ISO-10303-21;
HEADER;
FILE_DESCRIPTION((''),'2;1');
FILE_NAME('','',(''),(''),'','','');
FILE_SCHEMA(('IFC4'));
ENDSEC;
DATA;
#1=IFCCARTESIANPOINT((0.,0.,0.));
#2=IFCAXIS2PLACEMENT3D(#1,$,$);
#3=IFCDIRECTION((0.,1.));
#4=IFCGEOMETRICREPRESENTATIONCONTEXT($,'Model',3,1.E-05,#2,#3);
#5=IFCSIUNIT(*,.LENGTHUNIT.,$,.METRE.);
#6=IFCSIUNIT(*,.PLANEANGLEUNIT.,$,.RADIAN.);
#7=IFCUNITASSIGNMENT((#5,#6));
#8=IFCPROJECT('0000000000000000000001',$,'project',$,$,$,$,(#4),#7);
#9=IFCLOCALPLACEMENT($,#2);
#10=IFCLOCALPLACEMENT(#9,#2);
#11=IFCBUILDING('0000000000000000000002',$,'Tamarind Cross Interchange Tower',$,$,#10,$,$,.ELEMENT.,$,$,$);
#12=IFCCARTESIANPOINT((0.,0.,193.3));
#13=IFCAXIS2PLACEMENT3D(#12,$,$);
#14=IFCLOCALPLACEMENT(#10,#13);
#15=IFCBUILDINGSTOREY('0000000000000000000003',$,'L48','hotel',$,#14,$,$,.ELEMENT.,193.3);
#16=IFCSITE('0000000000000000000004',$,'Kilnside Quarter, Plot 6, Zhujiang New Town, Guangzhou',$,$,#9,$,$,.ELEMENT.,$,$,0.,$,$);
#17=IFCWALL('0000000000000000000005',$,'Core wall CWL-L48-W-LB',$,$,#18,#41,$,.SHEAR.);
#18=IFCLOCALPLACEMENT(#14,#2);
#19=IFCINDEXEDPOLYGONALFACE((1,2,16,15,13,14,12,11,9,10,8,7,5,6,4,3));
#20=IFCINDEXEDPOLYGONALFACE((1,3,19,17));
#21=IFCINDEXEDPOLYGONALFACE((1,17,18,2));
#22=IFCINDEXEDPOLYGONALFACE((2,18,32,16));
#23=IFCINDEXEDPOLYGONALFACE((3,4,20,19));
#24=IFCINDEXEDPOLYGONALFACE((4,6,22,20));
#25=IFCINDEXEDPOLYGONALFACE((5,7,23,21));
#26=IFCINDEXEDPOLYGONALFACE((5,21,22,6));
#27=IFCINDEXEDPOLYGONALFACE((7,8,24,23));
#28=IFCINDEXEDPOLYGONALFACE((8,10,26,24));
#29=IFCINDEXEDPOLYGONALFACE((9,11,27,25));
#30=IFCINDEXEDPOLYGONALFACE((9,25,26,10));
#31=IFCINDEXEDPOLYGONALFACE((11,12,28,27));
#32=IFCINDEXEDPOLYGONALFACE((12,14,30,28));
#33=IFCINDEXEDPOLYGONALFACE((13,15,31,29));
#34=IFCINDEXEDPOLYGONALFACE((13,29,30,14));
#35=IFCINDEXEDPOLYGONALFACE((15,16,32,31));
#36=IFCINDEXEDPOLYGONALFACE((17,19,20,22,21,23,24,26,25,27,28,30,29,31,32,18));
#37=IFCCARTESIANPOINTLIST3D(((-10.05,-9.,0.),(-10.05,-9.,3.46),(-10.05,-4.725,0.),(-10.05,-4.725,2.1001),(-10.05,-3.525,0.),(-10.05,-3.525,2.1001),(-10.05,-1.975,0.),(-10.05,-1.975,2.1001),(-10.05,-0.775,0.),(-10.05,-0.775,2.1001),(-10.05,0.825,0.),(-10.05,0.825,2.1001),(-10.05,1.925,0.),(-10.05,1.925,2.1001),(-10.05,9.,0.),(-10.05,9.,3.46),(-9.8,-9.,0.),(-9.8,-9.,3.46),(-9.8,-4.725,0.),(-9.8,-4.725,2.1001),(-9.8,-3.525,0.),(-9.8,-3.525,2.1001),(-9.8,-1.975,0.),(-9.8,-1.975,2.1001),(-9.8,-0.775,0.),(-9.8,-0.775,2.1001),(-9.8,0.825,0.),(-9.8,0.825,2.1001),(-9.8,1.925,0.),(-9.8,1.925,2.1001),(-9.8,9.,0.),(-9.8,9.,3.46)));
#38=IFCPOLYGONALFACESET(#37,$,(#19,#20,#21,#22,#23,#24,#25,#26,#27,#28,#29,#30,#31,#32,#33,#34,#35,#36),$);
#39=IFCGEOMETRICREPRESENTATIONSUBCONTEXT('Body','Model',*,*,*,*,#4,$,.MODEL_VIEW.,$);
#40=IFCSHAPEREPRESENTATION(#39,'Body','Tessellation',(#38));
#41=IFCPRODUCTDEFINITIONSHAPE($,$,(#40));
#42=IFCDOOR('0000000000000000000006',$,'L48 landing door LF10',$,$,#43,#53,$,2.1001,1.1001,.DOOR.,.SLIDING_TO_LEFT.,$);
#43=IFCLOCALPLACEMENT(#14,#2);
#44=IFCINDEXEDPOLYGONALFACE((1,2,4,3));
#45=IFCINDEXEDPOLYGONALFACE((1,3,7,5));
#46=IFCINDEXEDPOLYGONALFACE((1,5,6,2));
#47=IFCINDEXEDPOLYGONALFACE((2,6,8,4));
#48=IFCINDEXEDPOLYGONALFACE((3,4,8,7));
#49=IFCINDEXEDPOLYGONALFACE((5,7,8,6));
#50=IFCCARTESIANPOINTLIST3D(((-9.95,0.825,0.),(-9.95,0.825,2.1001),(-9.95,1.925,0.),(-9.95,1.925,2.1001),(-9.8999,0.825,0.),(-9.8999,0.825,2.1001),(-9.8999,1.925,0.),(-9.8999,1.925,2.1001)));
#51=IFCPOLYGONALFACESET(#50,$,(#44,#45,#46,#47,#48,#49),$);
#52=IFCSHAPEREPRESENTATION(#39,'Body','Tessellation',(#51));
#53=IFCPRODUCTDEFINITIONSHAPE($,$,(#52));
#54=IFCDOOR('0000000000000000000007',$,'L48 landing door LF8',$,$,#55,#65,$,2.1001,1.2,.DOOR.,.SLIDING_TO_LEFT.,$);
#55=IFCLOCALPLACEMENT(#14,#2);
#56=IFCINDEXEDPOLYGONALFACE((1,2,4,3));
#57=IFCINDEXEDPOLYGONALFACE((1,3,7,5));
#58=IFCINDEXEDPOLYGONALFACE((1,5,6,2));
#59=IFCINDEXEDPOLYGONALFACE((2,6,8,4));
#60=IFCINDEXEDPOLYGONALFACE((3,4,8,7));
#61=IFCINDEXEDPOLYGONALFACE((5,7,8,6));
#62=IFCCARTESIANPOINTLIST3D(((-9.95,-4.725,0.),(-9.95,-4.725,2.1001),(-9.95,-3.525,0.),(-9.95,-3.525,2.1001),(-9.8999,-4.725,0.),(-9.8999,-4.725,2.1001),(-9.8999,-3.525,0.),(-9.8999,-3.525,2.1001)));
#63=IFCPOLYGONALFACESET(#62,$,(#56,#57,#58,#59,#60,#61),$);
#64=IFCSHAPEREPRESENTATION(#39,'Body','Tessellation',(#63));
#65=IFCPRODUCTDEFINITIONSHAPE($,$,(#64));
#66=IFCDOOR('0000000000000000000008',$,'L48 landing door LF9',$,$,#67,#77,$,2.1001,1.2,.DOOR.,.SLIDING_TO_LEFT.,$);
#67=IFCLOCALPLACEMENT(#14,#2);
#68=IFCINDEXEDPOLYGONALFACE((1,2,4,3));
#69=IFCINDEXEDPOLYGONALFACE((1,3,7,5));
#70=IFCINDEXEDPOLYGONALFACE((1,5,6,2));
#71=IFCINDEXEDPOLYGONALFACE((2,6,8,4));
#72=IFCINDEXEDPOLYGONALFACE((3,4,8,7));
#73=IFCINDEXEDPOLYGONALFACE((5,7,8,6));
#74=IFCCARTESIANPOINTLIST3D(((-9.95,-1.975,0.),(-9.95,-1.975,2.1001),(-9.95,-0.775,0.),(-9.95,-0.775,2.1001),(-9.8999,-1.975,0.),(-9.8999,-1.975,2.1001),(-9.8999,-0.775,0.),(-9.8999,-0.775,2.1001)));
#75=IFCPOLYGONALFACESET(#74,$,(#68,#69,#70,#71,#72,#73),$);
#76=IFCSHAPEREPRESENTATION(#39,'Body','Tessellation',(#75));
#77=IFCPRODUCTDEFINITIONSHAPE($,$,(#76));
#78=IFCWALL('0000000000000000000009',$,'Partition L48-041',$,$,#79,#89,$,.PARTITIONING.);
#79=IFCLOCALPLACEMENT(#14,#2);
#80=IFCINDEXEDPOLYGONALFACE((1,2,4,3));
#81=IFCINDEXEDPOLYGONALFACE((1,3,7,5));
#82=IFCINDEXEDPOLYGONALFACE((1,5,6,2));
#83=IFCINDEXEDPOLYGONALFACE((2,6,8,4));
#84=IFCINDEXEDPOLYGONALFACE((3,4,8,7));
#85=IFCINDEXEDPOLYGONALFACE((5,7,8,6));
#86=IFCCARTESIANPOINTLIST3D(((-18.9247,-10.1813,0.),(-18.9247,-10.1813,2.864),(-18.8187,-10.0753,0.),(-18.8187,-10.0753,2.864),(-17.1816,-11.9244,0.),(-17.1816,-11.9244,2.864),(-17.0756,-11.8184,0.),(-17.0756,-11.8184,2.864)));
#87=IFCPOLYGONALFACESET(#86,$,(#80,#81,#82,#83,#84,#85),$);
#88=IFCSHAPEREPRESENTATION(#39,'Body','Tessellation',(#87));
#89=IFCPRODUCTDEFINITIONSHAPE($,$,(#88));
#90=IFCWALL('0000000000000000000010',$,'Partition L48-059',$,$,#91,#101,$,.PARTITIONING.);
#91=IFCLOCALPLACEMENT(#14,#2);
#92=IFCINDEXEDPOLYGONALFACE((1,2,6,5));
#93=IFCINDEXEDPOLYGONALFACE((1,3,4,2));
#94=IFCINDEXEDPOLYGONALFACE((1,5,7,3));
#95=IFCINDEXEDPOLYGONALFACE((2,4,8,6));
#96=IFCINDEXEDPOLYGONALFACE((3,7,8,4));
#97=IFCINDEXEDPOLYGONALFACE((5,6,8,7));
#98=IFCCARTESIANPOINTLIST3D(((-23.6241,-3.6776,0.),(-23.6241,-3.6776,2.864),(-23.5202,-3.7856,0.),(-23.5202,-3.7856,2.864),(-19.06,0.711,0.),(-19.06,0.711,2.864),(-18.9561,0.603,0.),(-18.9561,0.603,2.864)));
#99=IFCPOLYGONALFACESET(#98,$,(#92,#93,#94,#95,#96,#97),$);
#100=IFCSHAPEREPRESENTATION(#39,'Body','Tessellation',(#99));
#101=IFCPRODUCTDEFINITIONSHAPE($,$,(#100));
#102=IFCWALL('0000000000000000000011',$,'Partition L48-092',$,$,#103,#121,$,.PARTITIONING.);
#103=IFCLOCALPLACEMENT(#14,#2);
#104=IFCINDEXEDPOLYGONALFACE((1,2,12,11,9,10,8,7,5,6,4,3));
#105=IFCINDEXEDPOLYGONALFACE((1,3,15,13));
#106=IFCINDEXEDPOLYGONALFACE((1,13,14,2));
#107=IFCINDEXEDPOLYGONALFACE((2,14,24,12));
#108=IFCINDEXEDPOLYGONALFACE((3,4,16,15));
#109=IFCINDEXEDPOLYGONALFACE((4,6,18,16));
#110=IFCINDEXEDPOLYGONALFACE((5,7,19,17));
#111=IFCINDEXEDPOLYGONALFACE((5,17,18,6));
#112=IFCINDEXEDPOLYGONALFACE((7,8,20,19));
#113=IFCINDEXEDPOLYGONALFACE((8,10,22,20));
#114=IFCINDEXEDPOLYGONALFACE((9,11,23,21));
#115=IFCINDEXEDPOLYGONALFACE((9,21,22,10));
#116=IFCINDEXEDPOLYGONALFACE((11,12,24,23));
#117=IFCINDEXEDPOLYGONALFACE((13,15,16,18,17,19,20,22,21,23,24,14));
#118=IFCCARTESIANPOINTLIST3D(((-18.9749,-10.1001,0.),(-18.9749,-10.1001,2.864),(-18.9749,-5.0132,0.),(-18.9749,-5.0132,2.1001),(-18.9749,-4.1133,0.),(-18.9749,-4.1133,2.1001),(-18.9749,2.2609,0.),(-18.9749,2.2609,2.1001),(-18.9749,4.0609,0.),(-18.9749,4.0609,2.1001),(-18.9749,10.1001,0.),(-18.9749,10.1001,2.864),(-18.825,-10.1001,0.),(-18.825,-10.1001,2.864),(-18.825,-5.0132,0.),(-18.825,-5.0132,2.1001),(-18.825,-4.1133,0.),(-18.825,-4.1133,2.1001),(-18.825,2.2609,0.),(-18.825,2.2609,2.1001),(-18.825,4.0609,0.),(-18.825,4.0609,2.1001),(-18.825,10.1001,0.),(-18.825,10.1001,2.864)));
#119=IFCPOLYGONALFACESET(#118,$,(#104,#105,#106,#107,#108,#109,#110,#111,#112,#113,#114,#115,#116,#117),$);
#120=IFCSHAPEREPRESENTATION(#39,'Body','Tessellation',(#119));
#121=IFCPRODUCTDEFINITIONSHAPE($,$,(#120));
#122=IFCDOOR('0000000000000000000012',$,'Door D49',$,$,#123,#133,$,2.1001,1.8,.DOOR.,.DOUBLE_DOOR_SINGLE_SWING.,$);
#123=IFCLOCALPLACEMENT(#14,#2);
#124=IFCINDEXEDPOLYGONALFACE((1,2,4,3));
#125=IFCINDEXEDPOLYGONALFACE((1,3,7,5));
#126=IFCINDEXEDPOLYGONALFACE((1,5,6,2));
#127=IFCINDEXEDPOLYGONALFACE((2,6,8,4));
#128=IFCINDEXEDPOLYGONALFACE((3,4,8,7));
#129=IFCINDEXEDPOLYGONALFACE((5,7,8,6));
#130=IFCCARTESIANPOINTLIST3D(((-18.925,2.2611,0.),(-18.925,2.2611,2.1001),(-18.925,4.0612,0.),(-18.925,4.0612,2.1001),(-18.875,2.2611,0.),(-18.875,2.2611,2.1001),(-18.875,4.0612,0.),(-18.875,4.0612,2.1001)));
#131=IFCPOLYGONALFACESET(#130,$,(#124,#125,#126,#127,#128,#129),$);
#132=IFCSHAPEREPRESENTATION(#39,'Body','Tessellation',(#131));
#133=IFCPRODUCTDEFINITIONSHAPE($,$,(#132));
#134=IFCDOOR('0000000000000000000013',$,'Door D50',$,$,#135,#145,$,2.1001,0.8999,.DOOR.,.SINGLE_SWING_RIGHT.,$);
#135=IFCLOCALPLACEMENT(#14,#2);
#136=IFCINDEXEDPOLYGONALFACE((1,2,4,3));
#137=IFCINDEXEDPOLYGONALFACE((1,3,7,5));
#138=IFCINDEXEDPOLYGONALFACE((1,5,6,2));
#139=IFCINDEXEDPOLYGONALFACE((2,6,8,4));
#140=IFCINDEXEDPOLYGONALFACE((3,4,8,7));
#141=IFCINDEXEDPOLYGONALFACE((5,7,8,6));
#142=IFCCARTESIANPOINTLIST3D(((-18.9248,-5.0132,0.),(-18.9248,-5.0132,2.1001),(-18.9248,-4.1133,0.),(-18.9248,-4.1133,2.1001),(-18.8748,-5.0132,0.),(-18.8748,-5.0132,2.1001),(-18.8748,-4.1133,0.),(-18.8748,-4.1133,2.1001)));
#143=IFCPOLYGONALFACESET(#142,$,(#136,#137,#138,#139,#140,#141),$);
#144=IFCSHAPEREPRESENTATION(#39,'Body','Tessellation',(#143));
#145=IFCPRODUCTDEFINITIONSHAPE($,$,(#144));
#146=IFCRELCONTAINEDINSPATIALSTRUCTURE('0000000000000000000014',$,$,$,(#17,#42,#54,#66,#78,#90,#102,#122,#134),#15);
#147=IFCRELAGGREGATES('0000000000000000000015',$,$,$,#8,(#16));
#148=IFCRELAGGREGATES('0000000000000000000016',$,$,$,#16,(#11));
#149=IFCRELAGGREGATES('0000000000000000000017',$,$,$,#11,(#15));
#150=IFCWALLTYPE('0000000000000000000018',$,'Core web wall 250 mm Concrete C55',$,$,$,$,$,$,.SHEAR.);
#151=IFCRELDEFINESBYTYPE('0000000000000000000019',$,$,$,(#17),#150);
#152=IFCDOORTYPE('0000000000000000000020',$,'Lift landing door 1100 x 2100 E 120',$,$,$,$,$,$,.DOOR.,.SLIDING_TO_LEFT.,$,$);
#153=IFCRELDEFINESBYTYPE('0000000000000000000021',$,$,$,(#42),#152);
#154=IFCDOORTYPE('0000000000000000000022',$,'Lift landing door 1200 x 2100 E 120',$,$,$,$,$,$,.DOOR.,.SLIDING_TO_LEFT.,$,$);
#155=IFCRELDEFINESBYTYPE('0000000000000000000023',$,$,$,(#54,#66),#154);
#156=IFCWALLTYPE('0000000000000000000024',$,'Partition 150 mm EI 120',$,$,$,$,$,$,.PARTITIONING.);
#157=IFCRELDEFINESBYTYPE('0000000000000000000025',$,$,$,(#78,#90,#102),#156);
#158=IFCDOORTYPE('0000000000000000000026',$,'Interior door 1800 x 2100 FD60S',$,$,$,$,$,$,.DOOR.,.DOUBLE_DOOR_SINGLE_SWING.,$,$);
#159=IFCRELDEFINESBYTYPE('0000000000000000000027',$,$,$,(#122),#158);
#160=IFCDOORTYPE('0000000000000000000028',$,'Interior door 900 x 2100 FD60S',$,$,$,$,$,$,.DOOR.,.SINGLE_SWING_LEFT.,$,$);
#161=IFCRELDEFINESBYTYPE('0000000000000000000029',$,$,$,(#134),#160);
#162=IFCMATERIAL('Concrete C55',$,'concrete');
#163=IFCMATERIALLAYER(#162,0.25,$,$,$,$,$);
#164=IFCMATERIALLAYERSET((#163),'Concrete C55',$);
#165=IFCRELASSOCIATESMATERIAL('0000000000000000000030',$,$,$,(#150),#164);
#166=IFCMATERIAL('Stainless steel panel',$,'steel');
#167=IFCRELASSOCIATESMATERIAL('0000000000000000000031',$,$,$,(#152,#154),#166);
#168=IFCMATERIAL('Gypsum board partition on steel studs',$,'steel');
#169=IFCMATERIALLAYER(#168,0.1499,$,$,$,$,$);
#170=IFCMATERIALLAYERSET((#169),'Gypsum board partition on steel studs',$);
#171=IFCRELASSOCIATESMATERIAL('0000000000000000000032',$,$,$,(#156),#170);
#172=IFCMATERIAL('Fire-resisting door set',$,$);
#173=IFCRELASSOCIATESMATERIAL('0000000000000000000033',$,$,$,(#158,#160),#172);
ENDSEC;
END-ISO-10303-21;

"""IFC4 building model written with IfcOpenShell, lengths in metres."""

from ifc_helpers import new_model, si_unit, direction, frame, frame_2d, origin, place, context, subcontext, project, spatial, rectangle, extrude, material, layer, layer_set, type_object, element, fill, save


model = new_model("IFC4")

# Units and contexts
model_context = context("Model", 3, precision=1e-05, world=origin(), true_north=direction((0.0, 1.0)))
body_context = subcontext(model_context, "Body", "Model", "MODEL_VIEW")
ifc_project = project(units=[si_unit("LENGTHUNIT", "METRE"), si_unit("PLANEANGLEUNIT", "RADIAN")], contexts=[model_context])

# Site, building, storey
site_placement = place(None, origin())
site = spatial("IfcSite", under=ifc_project, at=site_placement, Name="Kilnside Quarter, Plot 6, Zhujiang New Town, Guangzhou", CompositionType="ELEMENT", RefElevation=0.0)
building_placement = place(site_placement, origin())
building = spatial("IfcBuilding", under=site, at=building_placement, Name="Tamarind Cross Interchange Tower", CompositionType="ELEMENT")
storey_placement = place(building_placement, frame((0.0, 0.0, 193.3)))
storey = spatial("IfcBuildingStorey", under=building, at=storey_placement, Name="L48", Description="hotel", CompositionType="ELEMENT", Elevation=193.3)

# Shared definitions
ifc_material_1 = material(Name="Concrete C55", Category="concrete")

# Shared definitions
ifc_layer_1 = layer(ifc_material_1, 0.25)
ifc_layer_set_1 = layer_set([ifc_layer_1], Name="Concrete C55")
wall_type_1 = type_object("IfcWallType", Name="Core web wall 250 mm Concrete C55", PredefinedType="SHEAR", material=ifc_layer_set_1)

# Wall, openings, doors
ifc_material_2 = material(Name="Stainless steel panel", Category="steel")
wall_1_placement = place(storey_placement, frame((-9.925, -9.0, 0.0), z_axis=(0.0, 0.0, 1.0), x_axis=(0.0, 1.0, 0.0)))
wall_1 = element("IfcWall", 1, at=wall_1_placement, inside=storey, type_object=wall_type_1, Name="Core wall CWL-L48-W-LB", PredefinedType="SHEAR", context=body_context, shape_type="SweptSolid", body=[
    extrude(rectangle(XDim=18.0, YDim=0.25, at=frame_2d((9.0, 0.0))), origin(), (0.0, 0.0, 1.0), 3.46),
])
opening_1_placement = place(wall_1_placement, frame((4.2749, 0.0, 0.0)))
opening_1 = element("IfcOpeningElement", 2, at=opening_1_placement, cuts=wall_1, PredefinedType="OPENING", context=body_context, shape_type="SweptSolid", body=[
    extrude(rectangle(XDim=1.2, YDim=2.1001, at=frame_2d((0.6001, 1.05))), frame((0.0, 0.135, 0.0), z_axis=(0.0, -1.0, 0.0), x_axis=(1.0, 0.0, 0.0)), (0.0, 0.0, 1.0), 0.27),
])
opening_2_placement = place(wall_1_placement, frame((7.0249, 0.0, 0.0)))
opening_2 = element("IfcOpeningElement", 3, at=opening_2_placement, cuts=wall_1, PredefinedType="OPENING", context=body_context, shape_type="SweptSolid", body=[
    extrude(rectangle(XDim=1.2, YDim=2.1001, at=frame_2d((0.6001, 1.05))), frame((0.0, 0.135, 0.0), z_axis=(0.0, -1.0, 0.0), x_axis=(1.0, 0.0, 0.0)), (0.0, 0.0, 1.0), 0.27),
])
opening_3_placement = place(wall_1_placement, frame((9.825, 0.0, 0.0)))
opening_3 = element("IfcOpeningElement", 4, at=opening_3_placement, cuts=wall_1, PredefinedType="OPENING", context=body_context, shape_type="SweptSolid", body=[
    extrude(rectangle(XDim=1.1001, YDim=2.1001, at=frame_2d((0.55, 1.05))), frame((0.0, 0.135, 0.0), z_axis=(0.0, -1.0, 0.0), x_axis=(1.0, 0.0, 0.0)), (0.0, 0.0, 1.0), 0.27),
])
door_type_1 = type_object("IfcDoorType", Name="Lift landing door 1100 x 2100 E 120", OperationType="SLIDING_TO_LEFT", PredefinedType="DOOR", material=ifc_material_2)
door_1_placement = place(opening_3_placement, origin())
door_1 = element("IfcDoor", 5, at=door_1_placement, inside=storey, type_object=door_type_1, Name="L48 landing door LF10", OperationType="SLIDING_TO_LEFT", OverallHeight=2.1001, OverallWidth=1.1001, PredefinedType="DOOR", context=body_context, shape_type="SweptSolid", body=[
    extrude(rectangle(XDim=1.1001, YDim=2.1001, at=frame_2d((0.55, 1.05))), frame((0.0, 0.0249, 0.0), z_axis=(0.0, -1.0, 0.0), x_axis=(1.0, 0.0, 0.0)), (0.0, 0.0, 1.0), 0.05),
])
fill(opening_3, door_1)
door_type_2 = type_object("IfcDoorType", Name="Lift landing door 1200 x 2100 E 120", OperationType="SLIDING_TO_LEFT", PredefinedType="DOOR", material=ifc_material_2)
door_2_placement = place(opening_1_placement, origin())
door_2 = element("IfcDoor", 6, at=door_2_placement, inside=storey, type_object=door_type_2, Name="L48 landing door LF8", OperationType="SLIDING_TO_LEFT", OverallHeight=2.1001, OverallWidth=1.2, PredefinedType="DOOR", context=body_context, shape_type="SweptSolid", body=[
    extrude(rectangle(XDim=1.2, YDim=2.1001, at=frame_2d((0.6001, 1.05))), frame((0.0, 0.0249, 0.0), z_axis=(0.0, -1.0, 0.0), x_axis=(1.0, 0.0, 0.0)), (0.0, 0.0, 1.0), 0.05),
])
fill(opening_1, door_2)
door_3_placement = place(opening_2_placement, origin())
door_3 = element("IfcDoor", 7, at=door_3_placement, inside=storey, type_object=door_type_2, Name="L48 landing door LF9", OperationType="SLIDING_TO_LEFT", OverallHeight=2.1001, OverallWidth=1.2, PredefinedType="DOOR", context=body_context, shape_type="SweptSolid", body=[
    extrude(rectangle(XDim=1.2, YDim=2.1001, at=frame_2d((0.6001, 1.05))), frame((0.0, 0.0249, 0.0), z_axis=(0.0, -1.0, 0.0), x_axis=(1.0, 0.0, 0.0)), (0.0, 0.0, 1.0), 0.05),
])
fill(opening_2, door_3)

# Walls
ifc_material_3 = material(Name="Gypsum board partition on steel studs", Category="steel")
ifc_layer_2 = layer(ifc_material_3, 0.1499)
ifc_layer_set_2 = layer_set([ifc_layer_2], Name="Gypsum board partition on steel studs")
wall_type_2 = type_object("IfcWallType", Name="Partition 150 mm EI 120", PredefinedType="PARTITIONING", material=ifc_layer_set_2)
wall_2_placement = place(storey_placement, frame((-18.8716, -10.1284, 0.0), z_axis=(0.0, 0.0, 1.0), x_axis=(0.707107, -0.707107, 0.0)))
element("IfcWall", 8, at=wall_2_placement, inside=storey, type_object=wall_type_2, Name="Partition L48-041", PredefinedType="PARTITIONING", context=body_context, shape_type="SweptSolid", body=[
    extrude(rectangle(XDim=2.4651, YDim=0.1499, at=frame_2d((1.2324, 0.0))), origin(), (0.0, 0.0, 1.0), 2.864),
])
wall_3_placement = place(storey_placement, frame((-23.5723, -3.7317, 0.0), z_axis=(0.0, 0.0, 1.0), x_axis=(0.720832, 0.693109, 0.0)))
element("IfcWall", 9, at=wall_3_placement, inside=storey, type_object=wall_type_2, Name="Partition L48-059", PredefinedType="PARTITIONING", context=body_context, shape_type="SweptSolid", body=[
    extrude(rectangle(XDim=6.3318, YDim=0.1499, at=frame_2d((3.166, 0.0))), origin(), (0.0, 0.0, 1.0), 2.864),
])

# Wall, openings, doors
wall_4_placement = place(storey_placement, frame((-18.8999, -10.1001, 0.0), z_axis=(0.0, 0.0, 1.0), x_axis=(0.0, 1.0, 0.0)))
wall_4 = element("IfcWall", 10, at=wall_4_placement, inside=storey, type_object=wall_type_2, Name="Partition L48-092", PredefinedType="PARTITIONING", context=body_context, shape_type="SweptSolid", body=[
    extrude(rectangle(XDim=20.2002, YDim=0.1499, at=frame_2d((10.1001, 0.0))), origin(), (0.0, 0.0, 1.0), 2.864),
])
opening_4_placement = place(wall_4_placement, frame((12.3611, 0.0, 0.0)))
opening_4 = element("IfcOpeningElement", 11, at=opening_4_placement, cuts=wall_4, PredefinedType="OPENING", context=body_context, shape_type="SweptSolid", body=[
    extrude(rectangle(XDim=1.8, YDim=2.1001, at=frame_2d((0.8999, 1.05))), frame((0.0, 0.085, 0.0), z_axis=(0.0, -1.0, 0.0), x_axis=(1.0, 0.0, 0.0)), (0.0, 0.0, 1.0), 0.1699),
])
opening_5_placement = place(wall_4_placement, frame((5.0869, 0.0, 0.0)))
opening_5 = element("IfcOpeningElement", 12, at=opening_5_placement, cuts=wall_4, PredefinedType="OPENING", context=body_context, shape_type="SweptSolid", body=[
    extrude(rectangle(XDim=0.8999, YDim=2.1001, at=frame_2d((0.45, 1.05))), frame((0.0, 0.085, 0.0), z_axis=(0.0, -1.0, 0.0), x_axis=(1.0, 0.0, 0.0)), (0.0, 0.0, 1.0), 0.1699),
])
ifc_material_4 = material(Name="Fire-resisting door set")
door_type_3 = type_object("IfcDoorType", Name="Interior door 1800 x 2100 FD60S", OperationType="DOUBLE_DOOR_SINGLE_SWING", PredefinedType="DOOR", material=ifc_material_4)
door_4_placement = place(opening_4_placement, frame((1.8, 0.0, 0.0), z_axis=(0.0, 0.0, 1.0), x_axis=(-1.0, 0.0, 0.0)))
door_4 = element("IfcDoor", 13, at=door_4_placement, inside=storey, type_object=door_type_3, Name="Door D49", OperationType="DOUBLE_DOOR_SINGLE_SWING", OverallHeight=2.1001, OverallWidth=1.8, PredefinedType="DOOR", context=body_context, shape_type="SweptSolid", body=[
    extrude(rectangle(XDim=1.8, YDim=2.1001, at=frame_2d((0.8999, 1.05))), frame((0.0, 0.0249, 0.0), z_axis=(0.0, -1.0, 0.0), x_axis=(1.0, 0.0, 0.0)), (0.0, 0.0, 1.0), 0.05),
])
fill(opening_4, door_4)
door_type_4 = type_object("IfcDoorType", Name="Interior door 900 x 2100 FD60S", OperationType="SINGLE_SWING_LEFT", PredefinedType="DOOR", material=ifc_material_4)
door_5_placement = place(opening_5_placement, origin())
door_5 = element("IfcDoor", 14, at=door_5_placement, inside=storey, type_object=door_type_4, Name="Door D50", OperationType="SINGLE_SWING_RIGHT", OverallHeight=2.1001, OverallWidth=0.8999, PredefinedType="DOOR", context=body_context, shape_type="SweptSolid", body=[
    extrude(rectangle(XDim=0.8999, YDim=2.1001, at=frame_2d((0.45, 1.05))), frame((0.0, 0.0249, 0.0), z_axis=(0.0, -1.0, 0.0), x_axis=(1.0, 0.0, 0.0)), (0.0, 0.0, 1.0), 0.05),
])
fill(opening_5, door_5)

save(model, "model.ifc")
